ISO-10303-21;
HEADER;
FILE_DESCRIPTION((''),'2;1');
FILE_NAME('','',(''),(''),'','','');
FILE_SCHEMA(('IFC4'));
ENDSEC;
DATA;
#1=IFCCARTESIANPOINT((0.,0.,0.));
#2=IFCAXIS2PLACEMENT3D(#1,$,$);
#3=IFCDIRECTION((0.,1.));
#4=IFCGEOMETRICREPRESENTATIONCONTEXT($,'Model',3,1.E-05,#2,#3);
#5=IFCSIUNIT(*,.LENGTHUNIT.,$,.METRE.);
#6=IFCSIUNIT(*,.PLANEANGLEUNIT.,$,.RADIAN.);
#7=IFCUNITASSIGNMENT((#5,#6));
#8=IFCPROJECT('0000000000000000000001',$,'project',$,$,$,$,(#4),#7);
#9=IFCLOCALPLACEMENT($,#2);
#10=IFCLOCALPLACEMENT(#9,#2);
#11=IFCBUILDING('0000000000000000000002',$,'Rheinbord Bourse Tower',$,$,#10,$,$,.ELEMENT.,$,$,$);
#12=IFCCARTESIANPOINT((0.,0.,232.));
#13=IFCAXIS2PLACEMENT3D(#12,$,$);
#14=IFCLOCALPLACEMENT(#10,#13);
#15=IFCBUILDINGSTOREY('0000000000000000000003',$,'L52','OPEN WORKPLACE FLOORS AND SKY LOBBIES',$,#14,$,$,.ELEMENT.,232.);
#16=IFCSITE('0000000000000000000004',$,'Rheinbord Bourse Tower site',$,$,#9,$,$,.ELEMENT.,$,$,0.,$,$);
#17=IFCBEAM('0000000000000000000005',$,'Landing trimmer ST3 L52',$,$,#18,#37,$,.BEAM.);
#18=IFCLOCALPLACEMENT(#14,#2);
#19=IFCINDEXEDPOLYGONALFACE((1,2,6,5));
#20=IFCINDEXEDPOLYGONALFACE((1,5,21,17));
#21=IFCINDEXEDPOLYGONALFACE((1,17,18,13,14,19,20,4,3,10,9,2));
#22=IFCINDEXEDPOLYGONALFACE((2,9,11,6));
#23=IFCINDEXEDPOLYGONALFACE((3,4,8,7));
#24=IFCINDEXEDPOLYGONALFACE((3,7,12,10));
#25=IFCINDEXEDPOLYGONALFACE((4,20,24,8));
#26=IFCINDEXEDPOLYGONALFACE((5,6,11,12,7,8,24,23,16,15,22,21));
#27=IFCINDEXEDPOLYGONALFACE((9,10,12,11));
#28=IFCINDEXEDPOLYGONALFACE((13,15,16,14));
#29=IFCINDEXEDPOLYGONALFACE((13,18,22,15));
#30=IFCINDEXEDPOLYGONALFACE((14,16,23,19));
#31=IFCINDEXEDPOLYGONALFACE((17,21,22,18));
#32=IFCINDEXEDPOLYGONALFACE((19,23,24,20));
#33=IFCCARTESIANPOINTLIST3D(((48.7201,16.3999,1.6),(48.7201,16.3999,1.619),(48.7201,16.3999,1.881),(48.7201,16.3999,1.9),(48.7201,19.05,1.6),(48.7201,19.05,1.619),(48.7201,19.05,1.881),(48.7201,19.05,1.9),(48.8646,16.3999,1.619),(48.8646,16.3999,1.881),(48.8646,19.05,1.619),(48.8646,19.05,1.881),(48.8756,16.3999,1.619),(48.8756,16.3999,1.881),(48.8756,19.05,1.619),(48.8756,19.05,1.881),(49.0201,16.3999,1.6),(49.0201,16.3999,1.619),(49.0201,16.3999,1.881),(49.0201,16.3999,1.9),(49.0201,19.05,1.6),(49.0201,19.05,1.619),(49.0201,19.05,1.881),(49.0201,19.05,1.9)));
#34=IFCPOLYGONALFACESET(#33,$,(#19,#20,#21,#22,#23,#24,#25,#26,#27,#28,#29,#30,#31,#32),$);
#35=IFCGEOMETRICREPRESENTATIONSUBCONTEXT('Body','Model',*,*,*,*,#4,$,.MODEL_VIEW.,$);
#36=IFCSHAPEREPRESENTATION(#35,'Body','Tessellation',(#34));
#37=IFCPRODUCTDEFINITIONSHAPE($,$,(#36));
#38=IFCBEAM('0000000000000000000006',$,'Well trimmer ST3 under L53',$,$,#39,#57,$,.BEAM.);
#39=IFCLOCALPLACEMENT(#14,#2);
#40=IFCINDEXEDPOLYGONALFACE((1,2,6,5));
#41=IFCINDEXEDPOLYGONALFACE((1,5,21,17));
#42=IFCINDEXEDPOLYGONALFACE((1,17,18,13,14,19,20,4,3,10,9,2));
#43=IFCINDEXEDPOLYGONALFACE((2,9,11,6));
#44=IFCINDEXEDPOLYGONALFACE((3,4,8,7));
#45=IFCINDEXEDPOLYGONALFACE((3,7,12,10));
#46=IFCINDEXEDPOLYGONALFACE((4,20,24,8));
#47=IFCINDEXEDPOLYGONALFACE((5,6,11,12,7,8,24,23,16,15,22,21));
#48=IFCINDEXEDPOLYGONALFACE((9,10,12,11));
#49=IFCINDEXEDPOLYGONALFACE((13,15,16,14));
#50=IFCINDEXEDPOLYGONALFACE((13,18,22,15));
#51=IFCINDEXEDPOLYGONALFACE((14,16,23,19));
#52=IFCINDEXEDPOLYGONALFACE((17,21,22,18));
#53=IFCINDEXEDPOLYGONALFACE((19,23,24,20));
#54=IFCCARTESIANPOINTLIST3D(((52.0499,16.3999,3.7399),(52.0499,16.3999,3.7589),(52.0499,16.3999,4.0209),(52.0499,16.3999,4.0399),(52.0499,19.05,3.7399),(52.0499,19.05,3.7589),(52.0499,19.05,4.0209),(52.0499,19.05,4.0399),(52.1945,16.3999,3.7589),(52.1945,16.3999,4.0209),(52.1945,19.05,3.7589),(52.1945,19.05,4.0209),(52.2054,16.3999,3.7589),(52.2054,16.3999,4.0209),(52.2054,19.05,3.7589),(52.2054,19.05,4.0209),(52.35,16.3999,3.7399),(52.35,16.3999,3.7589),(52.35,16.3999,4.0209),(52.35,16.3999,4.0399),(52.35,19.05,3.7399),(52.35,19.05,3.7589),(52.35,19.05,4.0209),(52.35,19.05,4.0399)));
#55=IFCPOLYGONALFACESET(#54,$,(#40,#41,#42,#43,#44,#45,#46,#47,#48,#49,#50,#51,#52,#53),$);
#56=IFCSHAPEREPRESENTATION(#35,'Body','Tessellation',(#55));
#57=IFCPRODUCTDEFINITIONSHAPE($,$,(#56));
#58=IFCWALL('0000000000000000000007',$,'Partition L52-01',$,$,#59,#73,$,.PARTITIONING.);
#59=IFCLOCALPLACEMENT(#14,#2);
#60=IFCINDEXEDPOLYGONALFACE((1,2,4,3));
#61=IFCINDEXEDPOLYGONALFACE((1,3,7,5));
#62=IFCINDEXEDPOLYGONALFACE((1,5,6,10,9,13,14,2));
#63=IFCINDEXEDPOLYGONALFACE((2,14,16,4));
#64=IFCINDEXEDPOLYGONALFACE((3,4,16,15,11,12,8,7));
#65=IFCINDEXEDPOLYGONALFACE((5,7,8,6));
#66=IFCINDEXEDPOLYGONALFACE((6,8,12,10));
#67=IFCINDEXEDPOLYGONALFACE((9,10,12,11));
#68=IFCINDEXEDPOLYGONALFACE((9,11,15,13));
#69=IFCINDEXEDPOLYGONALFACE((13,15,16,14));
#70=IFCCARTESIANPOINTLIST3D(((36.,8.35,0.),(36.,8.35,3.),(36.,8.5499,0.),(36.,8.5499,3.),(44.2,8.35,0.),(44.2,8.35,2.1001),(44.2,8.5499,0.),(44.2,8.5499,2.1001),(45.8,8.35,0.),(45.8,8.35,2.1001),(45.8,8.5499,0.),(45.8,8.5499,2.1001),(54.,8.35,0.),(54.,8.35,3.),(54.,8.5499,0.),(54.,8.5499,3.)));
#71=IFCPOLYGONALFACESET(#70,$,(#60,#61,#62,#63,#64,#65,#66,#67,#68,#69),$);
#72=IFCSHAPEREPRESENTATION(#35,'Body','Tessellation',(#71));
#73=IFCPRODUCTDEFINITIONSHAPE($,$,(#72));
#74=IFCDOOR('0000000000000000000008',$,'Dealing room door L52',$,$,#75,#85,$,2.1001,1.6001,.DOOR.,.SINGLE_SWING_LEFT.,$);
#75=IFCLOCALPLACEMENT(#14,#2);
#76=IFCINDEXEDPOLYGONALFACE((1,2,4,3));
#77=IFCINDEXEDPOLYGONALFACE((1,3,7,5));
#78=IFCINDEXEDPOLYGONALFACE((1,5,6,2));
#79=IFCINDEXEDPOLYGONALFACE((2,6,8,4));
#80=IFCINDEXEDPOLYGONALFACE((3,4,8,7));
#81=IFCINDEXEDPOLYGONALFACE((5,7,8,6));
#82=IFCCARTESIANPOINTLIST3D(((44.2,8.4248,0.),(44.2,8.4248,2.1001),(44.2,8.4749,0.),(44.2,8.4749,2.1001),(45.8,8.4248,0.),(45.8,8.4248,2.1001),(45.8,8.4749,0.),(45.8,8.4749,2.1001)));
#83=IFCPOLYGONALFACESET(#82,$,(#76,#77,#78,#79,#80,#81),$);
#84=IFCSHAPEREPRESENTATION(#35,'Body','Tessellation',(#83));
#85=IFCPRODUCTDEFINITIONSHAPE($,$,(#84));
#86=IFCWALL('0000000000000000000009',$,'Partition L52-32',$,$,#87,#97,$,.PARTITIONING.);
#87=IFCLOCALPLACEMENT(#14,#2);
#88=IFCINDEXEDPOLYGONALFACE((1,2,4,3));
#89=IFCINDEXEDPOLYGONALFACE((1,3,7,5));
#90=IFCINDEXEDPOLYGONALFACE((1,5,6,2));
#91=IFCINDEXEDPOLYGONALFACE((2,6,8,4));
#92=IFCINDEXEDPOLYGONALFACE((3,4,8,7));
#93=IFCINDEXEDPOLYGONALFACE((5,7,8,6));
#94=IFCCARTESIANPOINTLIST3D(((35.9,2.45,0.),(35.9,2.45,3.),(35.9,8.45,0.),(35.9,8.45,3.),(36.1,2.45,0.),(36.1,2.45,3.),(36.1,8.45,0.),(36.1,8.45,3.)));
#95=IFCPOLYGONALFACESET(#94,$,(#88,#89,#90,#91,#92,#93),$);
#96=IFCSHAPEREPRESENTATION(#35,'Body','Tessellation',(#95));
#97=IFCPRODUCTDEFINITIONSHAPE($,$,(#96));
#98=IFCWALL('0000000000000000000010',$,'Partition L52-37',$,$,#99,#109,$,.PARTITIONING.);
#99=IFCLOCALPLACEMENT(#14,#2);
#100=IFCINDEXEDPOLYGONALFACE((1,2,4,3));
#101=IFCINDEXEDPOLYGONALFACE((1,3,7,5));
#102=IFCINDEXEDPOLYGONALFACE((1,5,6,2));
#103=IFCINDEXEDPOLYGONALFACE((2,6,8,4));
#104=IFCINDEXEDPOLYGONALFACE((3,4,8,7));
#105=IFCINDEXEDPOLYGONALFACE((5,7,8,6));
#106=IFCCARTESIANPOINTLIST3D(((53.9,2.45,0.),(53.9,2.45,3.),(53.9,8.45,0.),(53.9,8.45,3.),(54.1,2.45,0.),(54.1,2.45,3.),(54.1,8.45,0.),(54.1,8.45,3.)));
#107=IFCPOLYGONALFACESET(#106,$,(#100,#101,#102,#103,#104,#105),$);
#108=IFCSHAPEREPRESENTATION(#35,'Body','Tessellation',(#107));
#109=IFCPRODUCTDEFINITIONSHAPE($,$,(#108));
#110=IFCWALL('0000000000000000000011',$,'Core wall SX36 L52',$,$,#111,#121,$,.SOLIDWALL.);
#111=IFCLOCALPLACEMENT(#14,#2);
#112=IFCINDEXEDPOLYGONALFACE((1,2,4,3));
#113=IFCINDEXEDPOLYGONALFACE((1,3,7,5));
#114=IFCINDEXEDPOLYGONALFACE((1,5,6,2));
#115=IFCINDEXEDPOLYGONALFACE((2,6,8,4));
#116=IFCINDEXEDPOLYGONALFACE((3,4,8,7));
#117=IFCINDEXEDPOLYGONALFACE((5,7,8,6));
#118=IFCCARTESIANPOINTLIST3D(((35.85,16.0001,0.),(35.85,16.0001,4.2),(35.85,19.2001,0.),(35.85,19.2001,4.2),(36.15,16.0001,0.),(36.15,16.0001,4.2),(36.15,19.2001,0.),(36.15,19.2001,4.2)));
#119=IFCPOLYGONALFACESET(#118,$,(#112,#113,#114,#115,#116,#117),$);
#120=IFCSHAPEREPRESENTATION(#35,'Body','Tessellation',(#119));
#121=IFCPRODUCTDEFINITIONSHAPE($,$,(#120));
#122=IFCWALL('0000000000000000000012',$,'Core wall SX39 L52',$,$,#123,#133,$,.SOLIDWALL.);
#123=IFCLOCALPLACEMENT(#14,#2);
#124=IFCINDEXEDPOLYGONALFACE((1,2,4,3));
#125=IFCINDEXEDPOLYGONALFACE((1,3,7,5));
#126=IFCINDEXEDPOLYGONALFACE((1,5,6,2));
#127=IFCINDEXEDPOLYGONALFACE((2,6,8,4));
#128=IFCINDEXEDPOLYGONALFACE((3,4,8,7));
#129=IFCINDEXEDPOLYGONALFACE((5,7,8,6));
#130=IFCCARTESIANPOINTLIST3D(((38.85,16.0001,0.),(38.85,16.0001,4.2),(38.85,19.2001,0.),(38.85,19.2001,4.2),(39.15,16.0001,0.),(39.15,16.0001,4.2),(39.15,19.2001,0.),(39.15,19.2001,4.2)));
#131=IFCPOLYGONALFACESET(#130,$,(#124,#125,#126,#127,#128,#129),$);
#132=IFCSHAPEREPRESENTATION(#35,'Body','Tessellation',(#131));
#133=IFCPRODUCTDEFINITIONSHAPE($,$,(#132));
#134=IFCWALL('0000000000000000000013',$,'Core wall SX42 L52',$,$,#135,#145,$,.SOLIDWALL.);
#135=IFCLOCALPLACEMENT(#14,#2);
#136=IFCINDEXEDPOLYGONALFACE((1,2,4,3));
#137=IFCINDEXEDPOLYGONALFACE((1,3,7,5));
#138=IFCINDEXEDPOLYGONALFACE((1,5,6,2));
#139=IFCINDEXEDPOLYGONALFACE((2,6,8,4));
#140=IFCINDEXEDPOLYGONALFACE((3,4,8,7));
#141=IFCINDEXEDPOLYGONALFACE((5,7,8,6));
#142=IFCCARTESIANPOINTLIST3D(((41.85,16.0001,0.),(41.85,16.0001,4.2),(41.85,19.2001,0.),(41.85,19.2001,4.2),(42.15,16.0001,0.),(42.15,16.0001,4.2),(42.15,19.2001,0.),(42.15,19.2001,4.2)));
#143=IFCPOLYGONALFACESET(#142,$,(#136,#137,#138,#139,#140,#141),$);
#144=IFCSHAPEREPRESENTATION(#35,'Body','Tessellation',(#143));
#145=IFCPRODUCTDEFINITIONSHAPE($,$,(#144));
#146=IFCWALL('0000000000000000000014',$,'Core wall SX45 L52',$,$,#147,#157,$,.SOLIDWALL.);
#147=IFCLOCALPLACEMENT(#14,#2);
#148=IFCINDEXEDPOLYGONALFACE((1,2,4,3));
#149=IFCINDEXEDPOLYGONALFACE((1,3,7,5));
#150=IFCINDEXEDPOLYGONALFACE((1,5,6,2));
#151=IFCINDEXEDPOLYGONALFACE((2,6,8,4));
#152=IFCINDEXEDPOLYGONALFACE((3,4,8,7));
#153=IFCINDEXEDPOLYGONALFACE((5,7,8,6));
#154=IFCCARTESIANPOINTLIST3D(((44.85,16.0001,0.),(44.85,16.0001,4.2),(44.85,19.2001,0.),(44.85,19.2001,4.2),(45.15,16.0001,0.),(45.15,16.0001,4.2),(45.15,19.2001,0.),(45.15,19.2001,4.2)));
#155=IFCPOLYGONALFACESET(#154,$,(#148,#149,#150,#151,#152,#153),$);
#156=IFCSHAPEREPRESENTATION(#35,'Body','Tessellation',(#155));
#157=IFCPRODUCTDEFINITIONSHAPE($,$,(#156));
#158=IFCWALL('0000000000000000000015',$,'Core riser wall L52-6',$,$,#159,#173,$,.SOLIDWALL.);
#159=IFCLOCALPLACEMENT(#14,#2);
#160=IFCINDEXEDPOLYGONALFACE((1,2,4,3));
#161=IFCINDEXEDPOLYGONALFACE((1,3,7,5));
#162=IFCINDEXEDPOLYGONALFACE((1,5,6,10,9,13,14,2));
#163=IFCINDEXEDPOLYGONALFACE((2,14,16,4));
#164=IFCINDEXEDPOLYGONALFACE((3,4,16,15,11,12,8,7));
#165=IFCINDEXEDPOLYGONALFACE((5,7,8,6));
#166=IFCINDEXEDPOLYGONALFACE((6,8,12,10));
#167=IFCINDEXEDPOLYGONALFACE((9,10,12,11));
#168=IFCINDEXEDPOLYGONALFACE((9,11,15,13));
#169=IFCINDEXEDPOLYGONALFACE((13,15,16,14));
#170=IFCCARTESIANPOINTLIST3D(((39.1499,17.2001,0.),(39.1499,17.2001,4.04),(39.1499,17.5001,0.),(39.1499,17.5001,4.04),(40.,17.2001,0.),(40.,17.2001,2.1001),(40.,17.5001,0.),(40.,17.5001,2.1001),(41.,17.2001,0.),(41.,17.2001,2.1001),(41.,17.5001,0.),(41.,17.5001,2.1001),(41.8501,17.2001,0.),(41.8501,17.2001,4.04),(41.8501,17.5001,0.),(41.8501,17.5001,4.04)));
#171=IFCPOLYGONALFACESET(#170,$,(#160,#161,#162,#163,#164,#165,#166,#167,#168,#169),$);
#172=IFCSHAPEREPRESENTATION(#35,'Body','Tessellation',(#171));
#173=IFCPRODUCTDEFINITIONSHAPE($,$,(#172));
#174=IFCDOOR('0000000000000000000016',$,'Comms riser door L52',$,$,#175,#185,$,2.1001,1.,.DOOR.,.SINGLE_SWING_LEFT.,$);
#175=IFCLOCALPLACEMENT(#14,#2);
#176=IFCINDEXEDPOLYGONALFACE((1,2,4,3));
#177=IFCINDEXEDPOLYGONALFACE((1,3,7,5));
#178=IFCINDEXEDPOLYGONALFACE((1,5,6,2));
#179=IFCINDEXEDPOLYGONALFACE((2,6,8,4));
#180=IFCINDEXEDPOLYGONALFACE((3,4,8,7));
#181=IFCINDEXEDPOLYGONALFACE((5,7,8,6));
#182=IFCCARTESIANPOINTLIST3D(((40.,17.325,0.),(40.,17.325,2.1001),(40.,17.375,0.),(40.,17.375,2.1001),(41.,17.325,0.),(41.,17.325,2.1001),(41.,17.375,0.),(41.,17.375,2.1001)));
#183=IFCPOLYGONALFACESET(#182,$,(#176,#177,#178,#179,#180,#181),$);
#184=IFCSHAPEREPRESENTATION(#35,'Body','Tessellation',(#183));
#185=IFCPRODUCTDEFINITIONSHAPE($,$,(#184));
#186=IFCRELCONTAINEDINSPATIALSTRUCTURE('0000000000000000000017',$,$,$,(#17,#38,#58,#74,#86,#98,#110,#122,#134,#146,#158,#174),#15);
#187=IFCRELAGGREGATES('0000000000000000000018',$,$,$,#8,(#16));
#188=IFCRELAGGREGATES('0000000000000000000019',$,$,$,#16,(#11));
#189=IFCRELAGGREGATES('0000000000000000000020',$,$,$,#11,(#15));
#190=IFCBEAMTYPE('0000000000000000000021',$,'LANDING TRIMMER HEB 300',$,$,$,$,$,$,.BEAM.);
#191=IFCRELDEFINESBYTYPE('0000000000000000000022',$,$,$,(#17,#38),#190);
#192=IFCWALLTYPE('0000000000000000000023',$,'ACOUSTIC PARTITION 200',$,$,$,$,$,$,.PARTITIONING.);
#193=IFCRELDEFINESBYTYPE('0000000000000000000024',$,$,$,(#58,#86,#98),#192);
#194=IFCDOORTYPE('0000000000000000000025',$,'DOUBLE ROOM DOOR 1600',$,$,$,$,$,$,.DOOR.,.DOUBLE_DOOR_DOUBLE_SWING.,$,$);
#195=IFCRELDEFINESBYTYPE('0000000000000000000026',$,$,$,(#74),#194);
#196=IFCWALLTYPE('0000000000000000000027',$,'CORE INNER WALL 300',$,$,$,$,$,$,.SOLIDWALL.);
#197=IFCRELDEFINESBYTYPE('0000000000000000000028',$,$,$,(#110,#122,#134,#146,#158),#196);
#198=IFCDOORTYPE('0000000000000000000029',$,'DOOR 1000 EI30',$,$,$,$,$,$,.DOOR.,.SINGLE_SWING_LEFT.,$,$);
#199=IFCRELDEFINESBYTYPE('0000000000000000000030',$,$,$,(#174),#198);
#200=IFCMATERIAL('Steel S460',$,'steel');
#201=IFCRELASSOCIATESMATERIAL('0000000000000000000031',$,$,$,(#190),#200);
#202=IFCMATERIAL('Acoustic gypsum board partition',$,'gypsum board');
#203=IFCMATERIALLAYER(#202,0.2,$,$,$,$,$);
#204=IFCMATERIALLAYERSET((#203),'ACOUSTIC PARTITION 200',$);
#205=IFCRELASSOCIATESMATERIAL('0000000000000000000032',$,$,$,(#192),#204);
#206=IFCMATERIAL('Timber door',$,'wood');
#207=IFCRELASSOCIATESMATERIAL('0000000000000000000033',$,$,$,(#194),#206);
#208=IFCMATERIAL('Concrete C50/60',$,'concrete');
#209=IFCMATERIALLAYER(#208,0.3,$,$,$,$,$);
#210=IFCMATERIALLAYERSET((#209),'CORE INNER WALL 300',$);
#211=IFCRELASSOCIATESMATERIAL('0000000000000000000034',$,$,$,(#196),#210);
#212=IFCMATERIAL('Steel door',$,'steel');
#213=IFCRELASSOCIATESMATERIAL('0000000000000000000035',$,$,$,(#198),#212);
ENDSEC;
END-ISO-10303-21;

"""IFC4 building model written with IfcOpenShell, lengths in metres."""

from ifc_helpers import new_model, si_unit, direction, frame, frame_2d, origin, origin_2d, place, context, subcontext, project, spatial, rectangle, i_section, extrude, material, layer, layer_set, material_profile, profile_set, type_object, element, fill, save


model = new_model("IFC4")

# Units and contexts
model_context = context("Model", 3, precision=1e-05, world=origin(), true_north=direction((0.0, 1.0)))
body_context = subcontext(model_context, "Body", "Model", "MODEL_VIEW")
ifc_project = project(units=[si_unit("LENGTHUNIT", "METRE"), si_unit("PLANEANGLEUNIT", "RADIAN")], contexts=[model_context])

# Site, building, storey
site_placement = place(None, origin())
site = spatial("IfcSite", under=ifc_project, at=site_placement, Name="Rheinbord Bourse Tower site", CompositionType="ELEMENT", RefElevation=0.0)
building_placement = place(site_placement, origin())
building = spatial("IfcBuilding", under=site, at=building_placement, Name="Rheinbord Bourse Tower", CompositionType="ELEMENT")
storey_placement = place(building_placement, frame((0.0, 0.0, 232.0)))
storey = spatial("IfcBuildingStorey", under=building, at=storey_placement, Name="L52", Description="OPEN WORKPLACE FLOORS AND SKY LOBBIES", CompositionType="ELEMENT", Elevation=232.0)

# Beams
ifc_material_1 = material(Name="Steel S460", Category="steel")
ifc_material_profile = material_profile(ifc_material_1, i_section(OverallWidth=0.3, OverallDepth=0.3, WebThickness=0.011, FlangeThickness=0.019, at=origin_2d()), Name="HEB 300")
ifc_profile_set = profile_set([ifc_material_profile], Name="Steel S460")
beam_type = type_object("IfcBeamType", Name="LANDING TRIMMER HEB 300", PredefinedType="BEAM", material=ifc_profile_set)
for number, where, z_axis, x_axis, name in (
    (1, (48.8701, 16.3999, 1.75), (0.0, 1.0, 0.0), (-1.0, 0.0, 0.0), "Landing trimmer ST3 L52"),
    (2, (52.2, 16.3999, 3.8899), (0.0, 1.0, 0.0), (-1.0, 0.0, 0.0), "Well trimmer ST3 under L53"),
):
    element("IfcBeam", number, at=place(storey_placement, frame(where, z_axis=z_axis, x_axis=x_axis)), inside=storey, type_object=beam_type, Name=name, PredefinedType="BEAM", context=body_context, shape_type="SweptSolid", body=[
        extrude(i_section(OverallWidth=0.3, OverallDepth=0.3, WebThickness=0.011, FlangeThickness=0.019, at=origin_2d()), origin(), (0.0, 0.0, 1.0), 2.6501),
    ])

# Wall, opening, door
ifc_material_2 = material(Name="Acoustic gypsum board partition", Category="gypsum board")
ifc_layer_1 = layer(ifc_material_2, 0.2)
ifc_layer_set_1 = layer_set([ifc_layer_1], Name="ACOUSTIC PARTITION 200")
wall_type_1 = type_object("IfcWallType", Name="ACOUSTIC PARTITION 200", PredefinedType="PARTITIONING", material=ifc_layer_set_1)
wall_1_placement = place(storey_placement, frame((36.0, 8.45, 0.0), z_axis=(0.0, 0.0, 1.0), x_axis=(1.0, 0.0, 0.0)))
wall_1 = element("IfcWall", 3, at=wall_1_placement, inside=storey, type_object=wall_type_1, Name="Partition L52-01", PredefinedType="PARTITIONING", context=body_context, shape_type="SweptSolid", body=[
    extrude(rectangle(XDim=18.0, YDim=0.2, at=frame_2d((9.0, 0.0))), origin(), (0.0, 0.0, 1.0), 3.0),
])
opening_1_placement = place(wall_1_placement, frame((8.2, 0.0, 0.0)))
opening_1 = element("IfcOpeningElement", 4, at=opening_1_placement, cuts=wall_1, PredefinedType="OPENING", context=body_context, shape_type="SweptSolid", body=[
    extrude(rectangle(XDim=1.6001, YDim=2.1001, at=frame_2d((0.8, 1.05))), frame((0.0, 0.1099, 0.0), z_axis=(0.0, -1.0, 0.0), x_axis=(1.0, 0.0, 0.0)), (0.0, 0.0, 1.0), 0.22),
])
ifc_material_3 = material(Name="Timber door", Category="wood")
door_type_1 = type_object("IfcDoorType", Name="DOUBLE ROOM DOOR 1600", OperationType="DOUBLE_DOOR_DOUBLE_SWING", PredefinedType="DOOR", material=ifc_material_3)
door_1_placement = place(opening_1_placement, origin())
door_1 = element("IfcDoor", 5, at=door_1_placement, inside=storey, type_object=door_type_1, Name="Dealing room door L52", OperationType="SINGLE_SWING_LEFT", OverallHeight=2.1001, OverallWidth=1.6001, PredefinedType="DOOR", context=body_context, shape_type="SweptSolid", body=[
    extrude(rectangle(XDim=1.6001, YDim=2.1001, at=frame_2d((0.8, 1.05))), frame((0.0, 0.0249, 0.0), z_axis=(0.0, -1.0, 0.0), x_axis=(1.0, 0.0, 0.0)), (0.0, 0.0, 1.0), 0.05),
])
fill(opening_1, door_1)

# Walls
for number, where, z_axis, x_axis, name in (
    (6, (36.0, 2.45, 0.0), (0.0, 0.0, 1.0), (0.0, 1.0, 0.0), "Partition L52-32"),
    (7, (54.0, 2.45, 0.0), (0.0, 0.0, 1.0), (0.0, 1.0, 0.0), "Partition L52-37"),
):
    element("IfcWall", number, at=place(storey_placement, frame(where, z_axis=z_axis, x_axis=x_axis)), inside=storey, type_object=wall_type_1, Name=name, PredefinedType="PARTITIONING", context=body_context, shape_type="SweptSolid", body=[
        extrude(rectangle(XDim=6.0, YDim=0.2, at=frame_2d((3.0, 0.0))), origin(), (0.0, 0.0, 1.0), 3.0),
    ])
ifc_material_4 = material(Name="Concrete C50/60", Category="concrete")
ifc_layer_2 = layer(ifc_material_4, 0.3)
ifc_layer_set_2 = layer_set([ifc_layer_2], Name="CORE INNER WALL 300")
wall_type_2 = type_object("IfcWallType", Name="CORE INNER WALL 300", PredefinedType="SOLIDWALL", material=ifc_layer_set_2)
for number, where, z_axis, x_axis, name in (
    (8, (36.0, 16.0, 0.0), (0.0, 0.0, 1.0), (0.0, 1.0, 0.0), "Core wall SX36 L52"),
    (9, (39.0, 16.0, 0.0), (0.0, 0.0, 1.0), (0.0, 1.0, 0.0), "Core wall SX39 L52"),
    (10, (42.0, 16.0, 0.0), (0.0, 0.0, 1.0), (0.0, 1.0, 0.0), "Core wall SX42 L52"),
    (11, (45.0, 16.0, 0.0), (0.0, 0.0, 1.0), (0.0, 1.0, 0.0), "Core wall SX45 L52"),
):
    element("IfcWall", number, at=place(storey_placement, frame(where, z_axis=z_axis, x_axis=x_axis)), inside=storey, type_object=wall_type_2, Name=name, PredefinedType="SOLIDWALL", context=body_context, shape_type="SweptSolid", body=[
        extrude(rectangle(XDim=3.2, YDim=0.3, at=frame_2d((1.6001, 0.0))), origin(), (0.0, 0.0, 1.0), 4.2),
    ])

# Wall, opening, door
wall_2_placement = place(storey_placement, frame((39.1499, 17.3501, 0.0), z_axis=(0.0, 0.0, 1.0), x_axis=(1.0, 0.0, 0.0)))
wall_2 = element("IfcWall", 12, at=wall_2_placement, inside=storey, type_object=wall_type_2, Name="Core riser wall L52-6", PredefinedType="SOLIDWALL", context=body_context, shape_type="SweptSolid", body=[
    extrude(rectangle(XDim=2.7002, YDim=0.3, at=frame_2d((1.3501, 0.0))), origin(), (0.0, 0.0, 1.0), 4.04),
])
opening_2_placement = place(wall_2_placement, frame((0.8501, 0.0, 0.0)))
opening_2 = element("IfcOpeningElement", 13, at=opening_2_placement, cuts=wall_2, PredefinedType="OPENING", context=body_context, shape_type="SweptSolid", body=[
    extrude(rectangle(XDim=1.0, YDim=2.1001, at=frame_2d((0.5, 1.05))), frame((0.0, 0.1599, 0.0), z_axis=(0.0, -1.0, 0.0), x_axis=(1.0, 0.0, 0.0)), (0.0, 0.0, 1.0), 0.3201),
])
ifc_material_5 = material(Name="Steel door", Category="steel")
door_type_2 = type_object("IfcDoorType", Name="DOOR 1000 EI30", OperationType="SINGLE_SWING_LEFT", PredefinedType="DOOR", material=ifc_material_5)
door_2_placement = place(opening_2_placement, origin())
door_2 = element("IfcDoor", 14, at=door_2_placement, inside=storey, type_object=door_type_2, Name="Comms riser door L52", OperationType="SINGLE_SWING_LEFT", OverallHeight=2.1001, OverallWidth=1.0, PredefinedType="DOOR", context=body_context, shape_type="SweptSolid", body=[
    extrude(rectangle(XDim=1.0, YDim=2.1001, at=frame_2d((0.5, 1.05))), frame((0.0, 0.0249, 0.0), z_axis=(0.0, -1.0, 0.0), x_axis=(1.0, 0.0, 0.0)), (0.0, 0.0, 1.0), 0.05),
])
fill(opening_2, door_2)

save(model, "model.ifc")
